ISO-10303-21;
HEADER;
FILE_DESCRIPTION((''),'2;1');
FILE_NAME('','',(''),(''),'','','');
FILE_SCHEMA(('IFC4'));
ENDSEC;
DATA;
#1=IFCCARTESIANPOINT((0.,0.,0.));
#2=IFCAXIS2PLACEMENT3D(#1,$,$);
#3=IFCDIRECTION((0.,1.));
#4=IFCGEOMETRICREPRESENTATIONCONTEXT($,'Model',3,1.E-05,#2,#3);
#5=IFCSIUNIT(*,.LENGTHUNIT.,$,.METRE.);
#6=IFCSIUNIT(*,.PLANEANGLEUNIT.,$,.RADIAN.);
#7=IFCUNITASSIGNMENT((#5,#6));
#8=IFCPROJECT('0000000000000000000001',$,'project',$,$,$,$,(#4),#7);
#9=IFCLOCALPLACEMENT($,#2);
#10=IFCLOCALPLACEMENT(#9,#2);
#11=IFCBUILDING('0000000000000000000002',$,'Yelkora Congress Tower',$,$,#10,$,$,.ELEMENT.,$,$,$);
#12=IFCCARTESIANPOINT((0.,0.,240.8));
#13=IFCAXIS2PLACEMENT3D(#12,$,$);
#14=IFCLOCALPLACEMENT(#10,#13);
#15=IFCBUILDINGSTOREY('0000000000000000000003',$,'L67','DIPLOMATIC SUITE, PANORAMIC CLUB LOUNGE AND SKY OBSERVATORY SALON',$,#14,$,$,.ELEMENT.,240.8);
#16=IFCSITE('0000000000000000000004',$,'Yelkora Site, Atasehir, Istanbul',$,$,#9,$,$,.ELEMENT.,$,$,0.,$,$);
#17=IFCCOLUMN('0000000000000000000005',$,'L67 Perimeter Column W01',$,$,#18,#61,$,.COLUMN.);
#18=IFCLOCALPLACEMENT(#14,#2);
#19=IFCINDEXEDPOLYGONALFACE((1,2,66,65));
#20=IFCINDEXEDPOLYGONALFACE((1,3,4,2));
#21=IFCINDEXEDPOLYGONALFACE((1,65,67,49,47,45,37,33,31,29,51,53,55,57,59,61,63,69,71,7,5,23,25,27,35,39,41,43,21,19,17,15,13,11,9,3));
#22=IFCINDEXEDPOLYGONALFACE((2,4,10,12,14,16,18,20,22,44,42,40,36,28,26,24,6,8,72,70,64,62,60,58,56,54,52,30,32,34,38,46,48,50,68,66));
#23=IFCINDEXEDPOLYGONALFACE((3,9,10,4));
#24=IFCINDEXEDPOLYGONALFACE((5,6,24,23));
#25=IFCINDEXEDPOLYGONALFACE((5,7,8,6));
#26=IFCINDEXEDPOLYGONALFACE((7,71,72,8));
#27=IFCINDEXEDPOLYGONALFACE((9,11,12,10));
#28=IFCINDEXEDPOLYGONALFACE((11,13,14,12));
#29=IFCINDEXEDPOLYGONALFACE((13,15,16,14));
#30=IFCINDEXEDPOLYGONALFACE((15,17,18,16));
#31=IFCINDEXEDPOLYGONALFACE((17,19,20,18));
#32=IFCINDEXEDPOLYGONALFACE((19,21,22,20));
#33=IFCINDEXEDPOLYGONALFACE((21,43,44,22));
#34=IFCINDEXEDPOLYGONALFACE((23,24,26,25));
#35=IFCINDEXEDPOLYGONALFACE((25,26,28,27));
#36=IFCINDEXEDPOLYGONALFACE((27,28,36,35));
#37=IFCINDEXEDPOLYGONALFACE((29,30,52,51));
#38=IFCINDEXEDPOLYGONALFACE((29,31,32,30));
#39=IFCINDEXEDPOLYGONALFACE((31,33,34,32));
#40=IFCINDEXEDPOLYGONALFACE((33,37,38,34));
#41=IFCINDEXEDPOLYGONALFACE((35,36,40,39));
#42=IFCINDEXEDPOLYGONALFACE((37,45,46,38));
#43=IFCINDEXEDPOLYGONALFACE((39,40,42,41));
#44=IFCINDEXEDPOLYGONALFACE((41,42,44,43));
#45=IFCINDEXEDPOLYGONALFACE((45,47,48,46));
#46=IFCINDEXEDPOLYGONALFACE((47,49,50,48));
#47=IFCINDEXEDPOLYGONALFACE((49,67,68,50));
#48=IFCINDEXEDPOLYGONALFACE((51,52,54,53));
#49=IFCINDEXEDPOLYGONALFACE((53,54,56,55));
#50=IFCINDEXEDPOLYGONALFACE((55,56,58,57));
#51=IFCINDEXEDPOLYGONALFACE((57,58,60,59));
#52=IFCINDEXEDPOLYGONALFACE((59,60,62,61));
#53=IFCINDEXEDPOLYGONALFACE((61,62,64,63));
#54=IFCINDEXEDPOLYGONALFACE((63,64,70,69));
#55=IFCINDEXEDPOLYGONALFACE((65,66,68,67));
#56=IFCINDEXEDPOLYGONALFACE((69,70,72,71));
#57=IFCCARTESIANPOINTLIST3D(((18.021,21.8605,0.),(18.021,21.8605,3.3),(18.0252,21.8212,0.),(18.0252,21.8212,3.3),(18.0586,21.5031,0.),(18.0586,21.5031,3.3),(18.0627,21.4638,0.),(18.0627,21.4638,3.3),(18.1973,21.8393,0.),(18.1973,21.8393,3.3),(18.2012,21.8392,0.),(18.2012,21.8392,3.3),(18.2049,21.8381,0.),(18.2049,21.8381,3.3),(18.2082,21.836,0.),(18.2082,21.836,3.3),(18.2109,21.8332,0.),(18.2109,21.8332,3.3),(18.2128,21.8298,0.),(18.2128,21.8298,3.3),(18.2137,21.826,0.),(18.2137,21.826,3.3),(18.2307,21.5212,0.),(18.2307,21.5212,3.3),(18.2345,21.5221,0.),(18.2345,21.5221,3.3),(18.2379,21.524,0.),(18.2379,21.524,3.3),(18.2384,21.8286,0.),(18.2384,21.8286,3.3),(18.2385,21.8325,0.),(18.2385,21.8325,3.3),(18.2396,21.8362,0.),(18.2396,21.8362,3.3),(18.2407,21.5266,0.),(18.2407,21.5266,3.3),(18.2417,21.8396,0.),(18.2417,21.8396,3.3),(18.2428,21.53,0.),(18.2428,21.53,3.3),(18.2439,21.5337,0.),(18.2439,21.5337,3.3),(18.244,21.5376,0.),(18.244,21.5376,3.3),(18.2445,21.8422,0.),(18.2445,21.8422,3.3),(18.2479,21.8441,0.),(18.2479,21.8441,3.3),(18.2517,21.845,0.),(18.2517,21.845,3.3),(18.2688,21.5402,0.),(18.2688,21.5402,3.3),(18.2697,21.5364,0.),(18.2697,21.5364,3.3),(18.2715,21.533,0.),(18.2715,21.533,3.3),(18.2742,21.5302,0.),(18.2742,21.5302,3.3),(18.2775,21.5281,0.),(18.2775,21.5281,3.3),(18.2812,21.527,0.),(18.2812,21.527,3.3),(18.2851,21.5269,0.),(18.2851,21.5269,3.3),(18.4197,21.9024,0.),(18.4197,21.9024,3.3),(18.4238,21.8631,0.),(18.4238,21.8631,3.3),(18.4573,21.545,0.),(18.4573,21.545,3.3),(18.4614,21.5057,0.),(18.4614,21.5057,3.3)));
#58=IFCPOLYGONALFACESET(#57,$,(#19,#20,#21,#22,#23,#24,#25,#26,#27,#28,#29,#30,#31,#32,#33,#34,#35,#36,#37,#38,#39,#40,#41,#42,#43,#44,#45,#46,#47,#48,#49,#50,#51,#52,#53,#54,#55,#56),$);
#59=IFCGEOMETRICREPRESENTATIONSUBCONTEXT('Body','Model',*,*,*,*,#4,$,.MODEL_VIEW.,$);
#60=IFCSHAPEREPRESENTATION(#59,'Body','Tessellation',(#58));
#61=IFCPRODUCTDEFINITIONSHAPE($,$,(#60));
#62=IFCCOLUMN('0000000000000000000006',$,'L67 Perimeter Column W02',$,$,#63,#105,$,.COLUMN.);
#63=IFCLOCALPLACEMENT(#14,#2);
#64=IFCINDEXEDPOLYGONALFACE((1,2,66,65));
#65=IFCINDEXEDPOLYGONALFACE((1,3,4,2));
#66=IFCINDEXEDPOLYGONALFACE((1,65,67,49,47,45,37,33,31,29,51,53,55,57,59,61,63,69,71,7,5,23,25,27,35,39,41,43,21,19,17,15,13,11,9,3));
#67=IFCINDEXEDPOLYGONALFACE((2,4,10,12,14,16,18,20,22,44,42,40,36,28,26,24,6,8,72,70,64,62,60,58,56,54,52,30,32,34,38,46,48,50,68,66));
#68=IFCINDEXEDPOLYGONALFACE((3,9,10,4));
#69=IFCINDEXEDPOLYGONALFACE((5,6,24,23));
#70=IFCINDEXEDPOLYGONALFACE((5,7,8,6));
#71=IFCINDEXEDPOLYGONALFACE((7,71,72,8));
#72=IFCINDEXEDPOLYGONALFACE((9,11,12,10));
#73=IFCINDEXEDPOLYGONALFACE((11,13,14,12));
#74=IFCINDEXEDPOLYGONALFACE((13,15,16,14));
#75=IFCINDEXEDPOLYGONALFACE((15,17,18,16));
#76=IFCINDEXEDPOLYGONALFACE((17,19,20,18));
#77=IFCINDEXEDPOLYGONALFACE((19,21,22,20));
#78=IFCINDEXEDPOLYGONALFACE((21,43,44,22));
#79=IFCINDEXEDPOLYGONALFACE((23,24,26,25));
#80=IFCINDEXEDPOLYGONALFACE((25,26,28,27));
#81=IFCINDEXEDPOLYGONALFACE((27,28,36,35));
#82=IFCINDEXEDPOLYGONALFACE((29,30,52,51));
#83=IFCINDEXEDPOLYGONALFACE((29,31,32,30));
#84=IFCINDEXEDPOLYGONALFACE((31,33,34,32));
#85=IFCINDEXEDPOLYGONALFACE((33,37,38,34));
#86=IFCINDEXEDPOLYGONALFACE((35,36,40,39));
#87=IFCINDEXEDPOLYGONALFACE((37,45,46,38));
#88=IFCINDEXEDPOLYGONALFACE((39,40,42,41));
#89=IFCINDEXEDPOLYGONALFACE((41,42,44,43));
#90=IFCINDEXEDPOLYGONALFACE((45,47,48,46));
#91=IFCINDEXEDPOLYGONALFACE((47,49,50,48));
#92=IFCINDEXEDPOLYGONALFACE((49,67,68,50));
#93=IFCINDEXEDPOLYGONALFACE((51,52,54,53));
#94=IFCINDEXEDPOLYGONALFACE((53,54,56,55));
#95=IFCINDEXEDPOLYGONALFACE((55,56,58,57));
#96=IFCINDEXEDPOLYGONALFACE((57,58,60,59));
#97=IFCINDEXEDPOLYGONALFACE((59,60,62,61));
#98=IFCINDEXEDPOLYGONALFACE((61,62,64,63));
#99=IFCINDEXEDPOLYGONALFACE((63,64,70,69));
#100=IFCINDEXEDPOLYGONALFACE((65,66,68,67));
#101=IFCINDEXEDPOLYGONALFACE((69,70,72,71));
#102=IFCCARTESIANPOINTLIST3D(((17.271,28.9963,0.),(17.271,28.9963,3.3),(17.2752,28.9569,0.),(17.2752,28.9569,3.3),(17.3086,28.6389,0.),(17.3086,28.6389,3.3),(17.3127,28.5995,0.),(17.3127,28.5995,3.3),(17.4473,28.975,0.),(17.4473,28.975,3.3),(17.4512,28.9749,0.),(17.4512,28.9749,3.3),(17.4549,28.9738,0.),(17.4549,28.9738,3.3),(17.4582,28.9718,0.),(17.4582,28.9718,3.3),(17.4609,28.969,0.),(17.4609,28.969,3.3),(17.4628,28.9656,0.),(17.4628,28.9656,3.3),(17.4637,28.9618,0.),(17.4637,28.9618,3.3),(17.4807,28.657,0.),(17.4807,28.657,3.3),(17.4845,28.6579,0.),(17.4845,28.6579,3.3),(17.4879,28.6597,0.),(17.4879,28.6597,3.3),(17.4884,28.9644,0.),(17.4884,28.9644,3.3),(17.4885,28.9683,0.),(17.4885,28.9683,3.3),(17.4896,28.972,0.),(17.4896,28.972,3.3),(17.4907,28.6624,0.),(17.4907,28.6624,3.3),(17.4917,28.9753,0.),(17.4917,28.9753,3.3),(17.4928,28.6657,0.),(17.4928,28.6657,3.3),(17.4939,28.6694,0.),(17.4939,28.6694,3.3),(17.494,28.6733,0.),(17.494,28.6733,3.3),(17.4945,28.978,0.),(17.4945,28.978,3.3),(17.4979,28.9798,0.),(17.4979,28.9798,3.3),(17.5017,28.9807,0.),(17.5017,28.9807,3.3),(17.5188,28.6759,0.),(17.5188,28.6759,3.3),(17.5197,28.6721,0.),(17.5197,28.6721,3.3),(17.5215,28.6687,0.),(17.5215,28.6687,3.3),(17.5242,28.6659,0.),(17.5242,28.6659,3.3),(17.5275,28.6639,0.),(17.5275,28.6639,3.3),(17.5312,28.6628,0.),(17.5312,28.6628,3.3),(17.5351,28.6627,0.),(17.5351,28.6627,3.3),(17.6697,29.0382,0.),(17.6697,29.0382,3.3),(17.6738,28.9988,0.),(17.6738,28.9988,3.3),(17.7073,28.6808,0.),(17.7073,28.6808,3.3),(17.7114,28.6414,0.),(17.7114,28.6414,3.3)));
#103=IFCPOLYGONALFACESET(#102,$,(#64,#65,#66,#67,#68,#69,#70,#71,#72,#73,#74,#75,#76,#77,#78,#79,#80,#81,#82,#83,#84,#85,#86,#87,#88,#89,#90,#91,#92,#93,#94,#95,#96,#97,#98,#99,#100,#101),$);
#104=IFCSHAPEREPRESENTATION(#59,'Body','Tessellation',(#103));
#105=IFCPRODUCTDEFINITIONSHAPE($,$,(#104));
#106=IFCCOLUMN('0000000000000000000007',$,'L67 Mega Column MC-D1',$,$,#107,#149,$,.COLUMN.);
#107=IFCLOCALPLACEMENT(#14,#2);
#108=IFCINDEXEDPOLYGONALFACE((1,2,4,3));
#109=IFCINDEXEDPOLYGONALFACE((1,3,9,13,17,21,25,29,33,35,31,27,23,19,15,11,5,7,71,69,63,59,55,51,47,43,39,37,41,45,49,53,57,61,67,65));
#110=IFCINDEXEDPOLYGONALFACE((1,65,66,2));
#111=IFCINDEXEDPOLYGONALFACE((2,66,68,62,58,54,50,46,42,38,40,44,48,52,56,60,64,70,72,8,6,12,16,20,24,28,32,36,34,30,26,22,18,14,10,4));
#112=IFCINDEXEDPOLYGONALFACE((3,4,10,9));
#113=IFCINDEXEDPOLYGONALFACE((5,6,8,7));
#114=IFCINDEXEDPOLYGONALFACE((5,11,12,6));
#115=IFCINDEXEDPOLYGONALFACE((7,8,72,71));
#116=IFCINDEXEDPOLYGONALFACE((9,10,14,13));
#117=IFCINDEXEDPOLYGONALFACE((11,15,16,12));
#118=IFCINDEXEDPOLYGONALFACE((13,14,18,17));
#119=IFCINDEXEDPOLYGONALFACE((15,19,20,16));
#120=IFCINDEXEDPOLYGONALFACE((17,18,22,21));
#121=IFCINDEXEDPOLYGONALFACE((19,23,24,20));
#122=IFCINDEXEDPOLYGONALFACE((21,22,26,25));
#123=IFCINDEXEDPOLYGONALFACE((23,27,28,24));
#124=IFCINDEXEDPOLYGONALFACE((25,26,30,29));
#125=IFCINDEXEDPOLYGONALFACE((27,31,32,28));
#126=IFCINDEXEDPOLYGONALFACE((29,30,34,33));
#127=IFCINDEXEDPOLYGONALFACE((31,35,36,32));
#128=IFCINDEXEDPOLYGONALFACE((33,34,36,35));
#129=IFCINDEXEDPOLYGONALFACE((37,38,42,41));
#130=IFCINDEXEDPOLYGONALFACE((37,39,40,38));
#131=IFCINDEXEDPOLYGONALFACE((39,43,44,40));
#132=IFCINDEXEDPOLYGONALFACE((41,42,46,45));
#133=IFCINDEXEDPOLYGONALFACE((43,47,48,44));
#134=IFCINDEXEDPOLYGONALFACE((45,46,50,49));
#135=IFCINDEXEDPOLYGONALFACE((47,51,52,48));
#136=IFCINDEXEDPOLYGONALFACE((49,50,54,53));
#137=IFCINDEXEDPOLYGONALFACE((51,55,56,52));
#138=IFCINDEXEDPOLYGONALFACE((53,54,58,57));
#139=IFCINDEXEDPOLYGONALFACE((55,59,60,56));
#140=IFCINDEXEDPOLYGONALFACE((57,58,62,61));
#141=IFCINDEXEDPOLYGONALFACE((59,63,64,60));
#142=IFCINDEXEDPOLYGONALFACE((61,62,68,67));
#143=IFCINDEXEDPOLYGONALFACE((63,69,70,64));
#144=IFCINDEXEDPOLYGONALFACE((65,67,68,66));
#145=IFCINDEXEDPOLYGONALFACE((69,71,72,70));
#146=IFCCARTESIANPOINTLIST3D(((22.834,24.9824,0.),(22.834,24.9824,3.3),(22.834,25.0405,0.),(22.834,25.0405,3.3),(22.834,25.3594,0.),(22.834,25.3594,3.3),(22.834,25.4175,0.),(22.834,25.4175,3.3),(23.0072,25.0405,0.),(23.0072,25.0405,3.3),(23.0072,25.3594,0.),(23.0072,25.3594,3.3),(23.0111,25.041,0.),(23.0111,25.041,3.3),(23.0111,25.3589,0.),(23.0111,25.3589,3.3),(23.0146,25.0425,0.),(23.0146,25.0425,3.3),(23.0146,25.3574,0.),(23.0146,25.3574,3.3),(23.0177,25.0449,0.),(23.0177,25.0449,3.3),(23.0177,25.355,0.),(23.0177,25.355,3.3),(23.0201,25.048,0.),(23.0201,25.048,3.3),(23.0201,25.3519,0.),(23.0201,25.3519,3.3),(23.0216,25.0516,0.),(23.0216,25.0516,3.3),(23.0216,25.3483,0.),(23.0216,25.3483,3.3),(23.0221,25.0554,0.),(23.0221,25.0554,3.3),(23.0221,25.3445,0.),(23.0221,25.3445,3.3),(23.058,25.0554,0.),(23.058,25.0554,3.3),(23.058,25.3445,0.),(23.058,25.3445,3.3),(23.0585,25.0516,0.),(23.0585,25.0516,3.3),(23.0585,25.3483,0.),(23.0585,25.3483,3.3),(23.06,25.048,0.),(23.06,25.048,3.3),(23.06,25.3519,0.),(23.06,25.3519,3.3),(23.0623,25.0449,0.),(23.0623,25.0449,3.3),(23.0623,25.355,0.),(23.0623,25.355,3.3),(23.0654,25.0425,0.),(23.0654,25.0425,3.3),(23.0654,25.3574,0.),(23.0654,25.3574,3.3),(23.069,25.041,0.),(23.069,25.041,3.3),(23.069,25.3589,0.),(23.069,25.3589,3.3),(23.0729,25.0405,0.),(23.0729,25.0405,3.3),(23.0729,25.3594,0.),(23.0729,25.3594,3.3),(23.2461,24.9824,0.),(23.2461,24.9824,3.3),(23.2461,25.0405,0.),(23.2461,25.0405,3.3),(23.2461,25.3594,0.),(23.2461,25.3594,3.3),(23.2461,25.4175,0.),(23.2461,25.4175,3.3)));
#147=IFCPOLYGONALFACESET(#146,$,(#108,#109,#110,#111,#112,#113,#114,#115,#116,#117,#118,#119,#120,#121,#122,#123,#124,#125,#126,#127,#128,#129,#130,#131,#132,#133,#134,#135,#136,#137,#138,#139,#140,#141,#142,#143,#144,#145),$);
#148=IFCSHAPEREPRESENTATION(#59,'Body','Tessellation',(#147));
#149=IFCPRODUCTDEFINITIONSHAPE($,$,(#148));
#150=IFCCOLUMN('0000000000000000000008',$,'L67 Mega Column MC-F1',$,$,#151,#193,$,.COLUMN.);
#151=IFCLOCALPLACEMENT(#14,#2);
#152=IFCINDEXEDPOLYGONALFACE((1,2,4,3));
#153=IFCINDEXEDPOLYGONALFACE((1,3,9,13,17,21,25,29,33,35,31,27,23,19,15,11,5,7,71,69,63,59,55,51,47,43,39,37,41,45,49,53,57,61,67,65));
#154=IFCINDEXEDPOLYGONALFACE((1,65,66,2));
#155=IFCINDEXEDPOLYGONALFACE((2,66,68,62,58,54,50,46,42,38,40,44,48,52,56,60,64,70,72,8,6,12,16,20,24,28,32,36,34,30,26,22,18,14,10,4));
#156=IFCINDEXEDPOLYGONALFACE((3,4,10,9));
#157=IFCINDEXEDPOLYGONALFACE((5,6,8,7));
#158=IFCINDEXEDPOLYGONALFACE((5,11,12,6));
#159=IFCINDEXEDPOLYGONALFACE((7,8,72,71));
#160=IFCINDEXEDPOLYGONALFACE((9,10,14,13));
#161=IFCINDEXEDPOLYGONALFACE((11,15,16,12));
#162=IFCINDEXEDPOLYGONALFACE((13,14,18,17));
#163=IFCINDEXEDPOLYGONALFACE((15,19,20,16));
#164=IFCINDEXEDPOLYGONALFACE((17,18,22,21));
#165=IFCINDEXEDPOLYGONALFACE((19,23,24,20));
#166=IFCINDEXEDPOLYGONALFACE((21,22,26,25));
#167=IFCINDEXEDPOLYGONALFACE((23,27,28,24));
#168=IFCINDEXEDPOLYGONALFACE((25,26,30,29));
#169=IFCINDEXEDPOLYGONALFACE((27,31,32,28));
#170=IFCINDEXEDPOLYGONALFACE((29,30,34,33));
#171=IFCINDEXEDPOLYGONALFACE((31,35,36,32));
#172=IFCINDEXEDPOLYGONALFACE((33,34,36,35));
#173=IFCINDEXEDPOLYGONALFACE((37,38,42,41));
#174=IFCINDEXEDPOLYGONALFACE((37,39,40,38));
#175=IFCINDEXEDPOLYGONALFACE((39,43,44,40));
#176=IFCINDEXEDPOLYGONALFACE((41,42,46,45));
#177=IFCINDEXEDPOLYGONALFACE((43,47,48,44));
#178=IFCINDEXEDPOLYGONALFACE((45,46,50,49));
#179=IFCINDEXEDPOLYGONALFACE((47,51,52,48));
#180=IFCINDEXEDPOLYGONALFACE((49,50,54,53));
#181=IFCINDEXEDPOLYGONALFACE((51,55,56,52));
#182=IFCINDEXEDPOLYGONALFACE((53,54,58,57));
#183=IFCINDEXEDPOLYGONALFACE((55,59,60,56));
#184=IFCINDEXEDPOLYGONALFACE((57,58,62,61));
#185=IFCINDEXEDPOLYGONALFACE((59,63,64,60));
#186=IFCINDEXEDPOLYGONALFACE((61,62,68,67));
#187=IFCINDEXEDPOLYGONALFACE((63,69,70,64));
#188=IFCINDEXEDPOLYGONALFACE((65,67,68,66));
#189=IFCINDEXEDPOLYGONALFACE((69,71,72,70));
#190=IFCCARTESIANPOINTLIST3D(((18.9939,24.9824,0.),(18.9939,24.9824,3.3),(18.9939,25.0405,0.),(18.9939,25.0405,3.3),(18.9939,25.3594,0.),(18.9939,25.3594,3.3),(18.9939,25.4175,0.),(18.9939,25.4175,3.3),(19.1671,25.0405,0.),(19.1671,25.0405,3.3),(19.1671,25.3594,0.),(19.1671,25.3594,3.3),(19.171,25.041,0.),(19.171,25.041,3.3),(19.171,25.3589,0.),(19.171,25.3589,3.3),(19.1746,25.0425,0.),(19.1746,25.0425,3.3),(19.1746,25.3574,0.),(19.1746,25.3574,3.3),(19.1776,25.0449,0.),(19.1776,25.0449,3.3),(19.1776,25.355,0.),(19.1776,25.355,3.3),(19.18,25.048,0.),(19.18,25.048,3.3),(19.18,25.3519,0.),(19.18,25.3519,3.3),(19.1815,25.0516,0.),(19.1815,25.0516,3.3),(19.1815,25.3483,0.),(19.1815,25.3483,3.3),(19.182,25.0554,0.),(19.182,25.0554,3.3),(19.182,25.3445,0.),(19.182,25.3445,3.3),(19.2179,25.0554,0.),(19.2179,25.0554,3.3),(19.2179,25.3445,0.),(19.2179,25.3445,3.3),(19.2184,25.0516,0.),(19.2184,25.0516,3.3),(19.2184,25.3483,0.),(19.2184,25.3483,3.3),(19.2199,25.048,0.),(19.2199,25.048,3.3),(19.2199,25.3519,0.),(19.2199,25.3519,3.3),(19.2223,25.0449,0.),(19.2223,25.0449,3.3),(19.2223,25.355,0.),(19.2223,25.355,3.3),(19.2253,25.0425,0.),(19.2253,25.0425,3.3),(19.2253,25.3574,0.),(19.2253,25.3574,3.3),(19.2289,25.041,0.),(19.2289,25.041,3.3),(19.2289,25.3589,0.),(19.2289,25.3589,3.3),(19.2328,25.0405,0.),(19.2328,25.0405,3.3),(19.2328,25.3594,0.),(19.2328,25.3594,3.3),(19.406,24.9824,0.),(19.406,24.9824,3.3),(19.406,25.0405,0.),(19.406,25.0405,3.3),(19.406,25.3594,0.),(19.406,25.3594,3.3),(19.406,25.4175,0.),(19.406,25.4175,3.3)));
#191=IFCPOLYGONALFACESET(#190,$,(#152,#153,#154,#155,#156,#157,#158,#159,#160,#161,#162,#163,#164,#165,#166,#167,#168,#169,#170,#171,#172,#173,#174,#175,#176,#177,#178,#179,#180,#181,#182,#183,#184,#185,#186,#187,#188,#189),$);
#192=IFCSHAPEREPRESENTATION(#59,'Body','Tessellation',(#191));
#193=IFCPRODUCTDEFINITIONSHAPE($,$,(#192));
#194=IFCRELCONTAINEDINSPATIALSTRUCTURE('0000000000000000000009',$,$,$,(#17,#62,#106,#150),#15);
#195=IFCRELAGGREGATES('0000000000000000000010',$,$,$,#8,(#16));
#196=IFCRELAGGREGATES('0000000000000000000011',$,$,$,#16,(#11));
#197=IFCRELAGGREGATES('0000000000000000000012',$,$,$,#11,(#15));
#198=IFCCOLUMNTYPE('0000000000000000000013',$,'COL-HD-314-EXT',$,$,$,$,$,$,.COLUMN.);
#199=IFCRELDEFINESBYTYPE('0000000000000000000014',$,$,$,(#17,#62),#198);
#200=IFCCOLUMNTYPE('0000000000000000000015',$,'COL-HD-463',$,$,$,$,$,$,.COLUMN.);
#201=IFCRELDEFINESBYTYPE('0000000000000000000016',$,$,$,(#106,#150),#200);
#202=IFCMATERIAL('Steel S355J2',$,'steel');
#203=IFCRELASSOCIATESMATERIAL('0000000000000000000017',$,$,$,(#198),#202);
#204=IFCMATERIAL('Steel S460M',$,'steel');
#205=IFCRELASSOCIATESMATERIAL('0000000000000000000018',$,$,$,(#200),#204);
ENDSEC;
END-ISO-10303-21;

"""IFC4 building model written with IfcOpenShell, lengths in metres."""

from ifc_helpers import new_model, si_unit, direction, frame, origin, origin_2d, place, context, subcontext, project, spatial, i_section, extrude, material, material_profile, profile_set, type_object, element, save


model = new_model("IFC4")

# Units and contexts
model_context = context("Model", 3, precision=1e-05, world=origin(), true_north=direction((0.0, 1.0)))
body_context = subcontext(model_context, "Body", "Model", "MODEL_VIEW")
ifc_project = project(units=[si_unit("LENGTHUNIT", "METRE"), si_unit("PLANEANGLEUNIT", "RADIAN")], contexts=[model_context])

# Site, building, storey
site_placement = place(None, origin())
site = spatial("IfcSite", under=ifc_project, at=site_placement, Name="Yelkora Site, Atasehir, Istanbul", CompositionType="ELEMENT", RefElevation=0.0)
building_placement = place(site_placement, origin())
building = spatial("IfcBuilding", under=site, at=building_placement, Name="Yelkora Congress Tower", CompositionType="ELEMENT")
storey_placement = place(building_placement, frame((0.0, 0.0, 240.8)))
storey = spatial("IfcBuildingStorey", under=building, at=storey_placement, Name="L67", Description="DIPLOMATIC SUITE, PANORAMIC CLUB LOUNGE AND SKY OBSERVATORY SALON", CompositionType="ELEMENT", Elevation=240.8)

# Columns
ifc_material_1 = material(Name="Steel S355J2", Category="steel")
ifc_material_profile_1 = material_profile(ifc_material_1, i_section(OverallWidth=0.4009, OverallDepth=0.3989, WebThickness=0.0249, FlangeThickness=0.0396, FilletRadius=0.0149, at=origin_2d()), Name="HD 400x314")
ifc_profile_set_1 = profile_set([ifc_material_profile_1], Name="Steel S355J2")
column_type_1 = type_object("IfcColumnType", Name="COL-HD-314-EXT", PredefinedType="COLUMN", material=ifc_profile_set_1)
for number, where, z_axis, x_axis, name in (
    (1, (18.2412, 21.6831, 0.0), (0.0, 0.0, 1.0), (0.994522, 0.104528, 0.0), "L67 Perimeter Column W01"),
    (2, (17.4912, 28.8188, 0.0), (0.0, 0.0, 1.0), (0.994522, 0.104528, 0.0), "L67 Perimeter Column W02"),
):
    element("IfcColumn", number, at=place(storey_placement, frame(where, z_axis=z_axis, x_axis=x_axis)), inside=storey, type_object=column_type_1, Name=name, PredefinedType="COLUMN", context=body_context, shape_type="SweptSolid", body=[
        extrude(i_section(OverallWidth=0.4009, OverallDepth=0.3989, WebThickness=0.0249, FlangeThickness=0.0396, FilletRadius=0.0149, at=origin_2d()), origin(), (0.0, 0.0, 1.0), 3.3),
    ])
ifc_material_2 = material(Name="Steel S460M", Category="steel")
ifc_material_profile_2 = material_profile(ifc_material_2, i_section(OverallWidth=0.4121, OverallDepth=0.4351, WebThickness=0.0359, FlangeThickness=0.0581, FilletRadius=0.0149, at=origin_2d()), Name="HD 400x463")
ifc_profile_set_2 = profile_set([ifc_material_profile_2], Name="Steel S460M")
column_type_2 = type_object("IfcColumnType", Name="COL-HD-463", PredefinedType="COLUMN", material=ifc_profile_set_2)
for number, where, z_axis, x_axis, name in (
    (3, (23.04, 25.2, 0.0), (0.0, 0.0, 1.0), (1.0, 0.0, 0.0), "L67 Mega Column MC-D1"),
    (4, (19.2, 25.2, 0.0), (0.0, 0.0, 1.0), (1.0, 0.0, 0.0), "L67 Mega Column MC-F1"),
):
    element("IfcColumn", number, at=place(storey_placement, frame(where, z_axis=z_axis, x_axis=x_axis)), inside=storey, type_object=column_type_2, Name=name, PredefinedType="COLUMN", context=body_context, shape_type="SweptSolid", body=[
        extrude(i_section(OverallWidth=0.4121, OverallDepth=0.4351, WebThickness=0.0359, FlangeThickness=0.0581, FilletRadius=0.0149, at=origin_2d()), origin(), (0.0, 0.0, 1.0), 3.3),
    ])

save(model, "model.ifc")
